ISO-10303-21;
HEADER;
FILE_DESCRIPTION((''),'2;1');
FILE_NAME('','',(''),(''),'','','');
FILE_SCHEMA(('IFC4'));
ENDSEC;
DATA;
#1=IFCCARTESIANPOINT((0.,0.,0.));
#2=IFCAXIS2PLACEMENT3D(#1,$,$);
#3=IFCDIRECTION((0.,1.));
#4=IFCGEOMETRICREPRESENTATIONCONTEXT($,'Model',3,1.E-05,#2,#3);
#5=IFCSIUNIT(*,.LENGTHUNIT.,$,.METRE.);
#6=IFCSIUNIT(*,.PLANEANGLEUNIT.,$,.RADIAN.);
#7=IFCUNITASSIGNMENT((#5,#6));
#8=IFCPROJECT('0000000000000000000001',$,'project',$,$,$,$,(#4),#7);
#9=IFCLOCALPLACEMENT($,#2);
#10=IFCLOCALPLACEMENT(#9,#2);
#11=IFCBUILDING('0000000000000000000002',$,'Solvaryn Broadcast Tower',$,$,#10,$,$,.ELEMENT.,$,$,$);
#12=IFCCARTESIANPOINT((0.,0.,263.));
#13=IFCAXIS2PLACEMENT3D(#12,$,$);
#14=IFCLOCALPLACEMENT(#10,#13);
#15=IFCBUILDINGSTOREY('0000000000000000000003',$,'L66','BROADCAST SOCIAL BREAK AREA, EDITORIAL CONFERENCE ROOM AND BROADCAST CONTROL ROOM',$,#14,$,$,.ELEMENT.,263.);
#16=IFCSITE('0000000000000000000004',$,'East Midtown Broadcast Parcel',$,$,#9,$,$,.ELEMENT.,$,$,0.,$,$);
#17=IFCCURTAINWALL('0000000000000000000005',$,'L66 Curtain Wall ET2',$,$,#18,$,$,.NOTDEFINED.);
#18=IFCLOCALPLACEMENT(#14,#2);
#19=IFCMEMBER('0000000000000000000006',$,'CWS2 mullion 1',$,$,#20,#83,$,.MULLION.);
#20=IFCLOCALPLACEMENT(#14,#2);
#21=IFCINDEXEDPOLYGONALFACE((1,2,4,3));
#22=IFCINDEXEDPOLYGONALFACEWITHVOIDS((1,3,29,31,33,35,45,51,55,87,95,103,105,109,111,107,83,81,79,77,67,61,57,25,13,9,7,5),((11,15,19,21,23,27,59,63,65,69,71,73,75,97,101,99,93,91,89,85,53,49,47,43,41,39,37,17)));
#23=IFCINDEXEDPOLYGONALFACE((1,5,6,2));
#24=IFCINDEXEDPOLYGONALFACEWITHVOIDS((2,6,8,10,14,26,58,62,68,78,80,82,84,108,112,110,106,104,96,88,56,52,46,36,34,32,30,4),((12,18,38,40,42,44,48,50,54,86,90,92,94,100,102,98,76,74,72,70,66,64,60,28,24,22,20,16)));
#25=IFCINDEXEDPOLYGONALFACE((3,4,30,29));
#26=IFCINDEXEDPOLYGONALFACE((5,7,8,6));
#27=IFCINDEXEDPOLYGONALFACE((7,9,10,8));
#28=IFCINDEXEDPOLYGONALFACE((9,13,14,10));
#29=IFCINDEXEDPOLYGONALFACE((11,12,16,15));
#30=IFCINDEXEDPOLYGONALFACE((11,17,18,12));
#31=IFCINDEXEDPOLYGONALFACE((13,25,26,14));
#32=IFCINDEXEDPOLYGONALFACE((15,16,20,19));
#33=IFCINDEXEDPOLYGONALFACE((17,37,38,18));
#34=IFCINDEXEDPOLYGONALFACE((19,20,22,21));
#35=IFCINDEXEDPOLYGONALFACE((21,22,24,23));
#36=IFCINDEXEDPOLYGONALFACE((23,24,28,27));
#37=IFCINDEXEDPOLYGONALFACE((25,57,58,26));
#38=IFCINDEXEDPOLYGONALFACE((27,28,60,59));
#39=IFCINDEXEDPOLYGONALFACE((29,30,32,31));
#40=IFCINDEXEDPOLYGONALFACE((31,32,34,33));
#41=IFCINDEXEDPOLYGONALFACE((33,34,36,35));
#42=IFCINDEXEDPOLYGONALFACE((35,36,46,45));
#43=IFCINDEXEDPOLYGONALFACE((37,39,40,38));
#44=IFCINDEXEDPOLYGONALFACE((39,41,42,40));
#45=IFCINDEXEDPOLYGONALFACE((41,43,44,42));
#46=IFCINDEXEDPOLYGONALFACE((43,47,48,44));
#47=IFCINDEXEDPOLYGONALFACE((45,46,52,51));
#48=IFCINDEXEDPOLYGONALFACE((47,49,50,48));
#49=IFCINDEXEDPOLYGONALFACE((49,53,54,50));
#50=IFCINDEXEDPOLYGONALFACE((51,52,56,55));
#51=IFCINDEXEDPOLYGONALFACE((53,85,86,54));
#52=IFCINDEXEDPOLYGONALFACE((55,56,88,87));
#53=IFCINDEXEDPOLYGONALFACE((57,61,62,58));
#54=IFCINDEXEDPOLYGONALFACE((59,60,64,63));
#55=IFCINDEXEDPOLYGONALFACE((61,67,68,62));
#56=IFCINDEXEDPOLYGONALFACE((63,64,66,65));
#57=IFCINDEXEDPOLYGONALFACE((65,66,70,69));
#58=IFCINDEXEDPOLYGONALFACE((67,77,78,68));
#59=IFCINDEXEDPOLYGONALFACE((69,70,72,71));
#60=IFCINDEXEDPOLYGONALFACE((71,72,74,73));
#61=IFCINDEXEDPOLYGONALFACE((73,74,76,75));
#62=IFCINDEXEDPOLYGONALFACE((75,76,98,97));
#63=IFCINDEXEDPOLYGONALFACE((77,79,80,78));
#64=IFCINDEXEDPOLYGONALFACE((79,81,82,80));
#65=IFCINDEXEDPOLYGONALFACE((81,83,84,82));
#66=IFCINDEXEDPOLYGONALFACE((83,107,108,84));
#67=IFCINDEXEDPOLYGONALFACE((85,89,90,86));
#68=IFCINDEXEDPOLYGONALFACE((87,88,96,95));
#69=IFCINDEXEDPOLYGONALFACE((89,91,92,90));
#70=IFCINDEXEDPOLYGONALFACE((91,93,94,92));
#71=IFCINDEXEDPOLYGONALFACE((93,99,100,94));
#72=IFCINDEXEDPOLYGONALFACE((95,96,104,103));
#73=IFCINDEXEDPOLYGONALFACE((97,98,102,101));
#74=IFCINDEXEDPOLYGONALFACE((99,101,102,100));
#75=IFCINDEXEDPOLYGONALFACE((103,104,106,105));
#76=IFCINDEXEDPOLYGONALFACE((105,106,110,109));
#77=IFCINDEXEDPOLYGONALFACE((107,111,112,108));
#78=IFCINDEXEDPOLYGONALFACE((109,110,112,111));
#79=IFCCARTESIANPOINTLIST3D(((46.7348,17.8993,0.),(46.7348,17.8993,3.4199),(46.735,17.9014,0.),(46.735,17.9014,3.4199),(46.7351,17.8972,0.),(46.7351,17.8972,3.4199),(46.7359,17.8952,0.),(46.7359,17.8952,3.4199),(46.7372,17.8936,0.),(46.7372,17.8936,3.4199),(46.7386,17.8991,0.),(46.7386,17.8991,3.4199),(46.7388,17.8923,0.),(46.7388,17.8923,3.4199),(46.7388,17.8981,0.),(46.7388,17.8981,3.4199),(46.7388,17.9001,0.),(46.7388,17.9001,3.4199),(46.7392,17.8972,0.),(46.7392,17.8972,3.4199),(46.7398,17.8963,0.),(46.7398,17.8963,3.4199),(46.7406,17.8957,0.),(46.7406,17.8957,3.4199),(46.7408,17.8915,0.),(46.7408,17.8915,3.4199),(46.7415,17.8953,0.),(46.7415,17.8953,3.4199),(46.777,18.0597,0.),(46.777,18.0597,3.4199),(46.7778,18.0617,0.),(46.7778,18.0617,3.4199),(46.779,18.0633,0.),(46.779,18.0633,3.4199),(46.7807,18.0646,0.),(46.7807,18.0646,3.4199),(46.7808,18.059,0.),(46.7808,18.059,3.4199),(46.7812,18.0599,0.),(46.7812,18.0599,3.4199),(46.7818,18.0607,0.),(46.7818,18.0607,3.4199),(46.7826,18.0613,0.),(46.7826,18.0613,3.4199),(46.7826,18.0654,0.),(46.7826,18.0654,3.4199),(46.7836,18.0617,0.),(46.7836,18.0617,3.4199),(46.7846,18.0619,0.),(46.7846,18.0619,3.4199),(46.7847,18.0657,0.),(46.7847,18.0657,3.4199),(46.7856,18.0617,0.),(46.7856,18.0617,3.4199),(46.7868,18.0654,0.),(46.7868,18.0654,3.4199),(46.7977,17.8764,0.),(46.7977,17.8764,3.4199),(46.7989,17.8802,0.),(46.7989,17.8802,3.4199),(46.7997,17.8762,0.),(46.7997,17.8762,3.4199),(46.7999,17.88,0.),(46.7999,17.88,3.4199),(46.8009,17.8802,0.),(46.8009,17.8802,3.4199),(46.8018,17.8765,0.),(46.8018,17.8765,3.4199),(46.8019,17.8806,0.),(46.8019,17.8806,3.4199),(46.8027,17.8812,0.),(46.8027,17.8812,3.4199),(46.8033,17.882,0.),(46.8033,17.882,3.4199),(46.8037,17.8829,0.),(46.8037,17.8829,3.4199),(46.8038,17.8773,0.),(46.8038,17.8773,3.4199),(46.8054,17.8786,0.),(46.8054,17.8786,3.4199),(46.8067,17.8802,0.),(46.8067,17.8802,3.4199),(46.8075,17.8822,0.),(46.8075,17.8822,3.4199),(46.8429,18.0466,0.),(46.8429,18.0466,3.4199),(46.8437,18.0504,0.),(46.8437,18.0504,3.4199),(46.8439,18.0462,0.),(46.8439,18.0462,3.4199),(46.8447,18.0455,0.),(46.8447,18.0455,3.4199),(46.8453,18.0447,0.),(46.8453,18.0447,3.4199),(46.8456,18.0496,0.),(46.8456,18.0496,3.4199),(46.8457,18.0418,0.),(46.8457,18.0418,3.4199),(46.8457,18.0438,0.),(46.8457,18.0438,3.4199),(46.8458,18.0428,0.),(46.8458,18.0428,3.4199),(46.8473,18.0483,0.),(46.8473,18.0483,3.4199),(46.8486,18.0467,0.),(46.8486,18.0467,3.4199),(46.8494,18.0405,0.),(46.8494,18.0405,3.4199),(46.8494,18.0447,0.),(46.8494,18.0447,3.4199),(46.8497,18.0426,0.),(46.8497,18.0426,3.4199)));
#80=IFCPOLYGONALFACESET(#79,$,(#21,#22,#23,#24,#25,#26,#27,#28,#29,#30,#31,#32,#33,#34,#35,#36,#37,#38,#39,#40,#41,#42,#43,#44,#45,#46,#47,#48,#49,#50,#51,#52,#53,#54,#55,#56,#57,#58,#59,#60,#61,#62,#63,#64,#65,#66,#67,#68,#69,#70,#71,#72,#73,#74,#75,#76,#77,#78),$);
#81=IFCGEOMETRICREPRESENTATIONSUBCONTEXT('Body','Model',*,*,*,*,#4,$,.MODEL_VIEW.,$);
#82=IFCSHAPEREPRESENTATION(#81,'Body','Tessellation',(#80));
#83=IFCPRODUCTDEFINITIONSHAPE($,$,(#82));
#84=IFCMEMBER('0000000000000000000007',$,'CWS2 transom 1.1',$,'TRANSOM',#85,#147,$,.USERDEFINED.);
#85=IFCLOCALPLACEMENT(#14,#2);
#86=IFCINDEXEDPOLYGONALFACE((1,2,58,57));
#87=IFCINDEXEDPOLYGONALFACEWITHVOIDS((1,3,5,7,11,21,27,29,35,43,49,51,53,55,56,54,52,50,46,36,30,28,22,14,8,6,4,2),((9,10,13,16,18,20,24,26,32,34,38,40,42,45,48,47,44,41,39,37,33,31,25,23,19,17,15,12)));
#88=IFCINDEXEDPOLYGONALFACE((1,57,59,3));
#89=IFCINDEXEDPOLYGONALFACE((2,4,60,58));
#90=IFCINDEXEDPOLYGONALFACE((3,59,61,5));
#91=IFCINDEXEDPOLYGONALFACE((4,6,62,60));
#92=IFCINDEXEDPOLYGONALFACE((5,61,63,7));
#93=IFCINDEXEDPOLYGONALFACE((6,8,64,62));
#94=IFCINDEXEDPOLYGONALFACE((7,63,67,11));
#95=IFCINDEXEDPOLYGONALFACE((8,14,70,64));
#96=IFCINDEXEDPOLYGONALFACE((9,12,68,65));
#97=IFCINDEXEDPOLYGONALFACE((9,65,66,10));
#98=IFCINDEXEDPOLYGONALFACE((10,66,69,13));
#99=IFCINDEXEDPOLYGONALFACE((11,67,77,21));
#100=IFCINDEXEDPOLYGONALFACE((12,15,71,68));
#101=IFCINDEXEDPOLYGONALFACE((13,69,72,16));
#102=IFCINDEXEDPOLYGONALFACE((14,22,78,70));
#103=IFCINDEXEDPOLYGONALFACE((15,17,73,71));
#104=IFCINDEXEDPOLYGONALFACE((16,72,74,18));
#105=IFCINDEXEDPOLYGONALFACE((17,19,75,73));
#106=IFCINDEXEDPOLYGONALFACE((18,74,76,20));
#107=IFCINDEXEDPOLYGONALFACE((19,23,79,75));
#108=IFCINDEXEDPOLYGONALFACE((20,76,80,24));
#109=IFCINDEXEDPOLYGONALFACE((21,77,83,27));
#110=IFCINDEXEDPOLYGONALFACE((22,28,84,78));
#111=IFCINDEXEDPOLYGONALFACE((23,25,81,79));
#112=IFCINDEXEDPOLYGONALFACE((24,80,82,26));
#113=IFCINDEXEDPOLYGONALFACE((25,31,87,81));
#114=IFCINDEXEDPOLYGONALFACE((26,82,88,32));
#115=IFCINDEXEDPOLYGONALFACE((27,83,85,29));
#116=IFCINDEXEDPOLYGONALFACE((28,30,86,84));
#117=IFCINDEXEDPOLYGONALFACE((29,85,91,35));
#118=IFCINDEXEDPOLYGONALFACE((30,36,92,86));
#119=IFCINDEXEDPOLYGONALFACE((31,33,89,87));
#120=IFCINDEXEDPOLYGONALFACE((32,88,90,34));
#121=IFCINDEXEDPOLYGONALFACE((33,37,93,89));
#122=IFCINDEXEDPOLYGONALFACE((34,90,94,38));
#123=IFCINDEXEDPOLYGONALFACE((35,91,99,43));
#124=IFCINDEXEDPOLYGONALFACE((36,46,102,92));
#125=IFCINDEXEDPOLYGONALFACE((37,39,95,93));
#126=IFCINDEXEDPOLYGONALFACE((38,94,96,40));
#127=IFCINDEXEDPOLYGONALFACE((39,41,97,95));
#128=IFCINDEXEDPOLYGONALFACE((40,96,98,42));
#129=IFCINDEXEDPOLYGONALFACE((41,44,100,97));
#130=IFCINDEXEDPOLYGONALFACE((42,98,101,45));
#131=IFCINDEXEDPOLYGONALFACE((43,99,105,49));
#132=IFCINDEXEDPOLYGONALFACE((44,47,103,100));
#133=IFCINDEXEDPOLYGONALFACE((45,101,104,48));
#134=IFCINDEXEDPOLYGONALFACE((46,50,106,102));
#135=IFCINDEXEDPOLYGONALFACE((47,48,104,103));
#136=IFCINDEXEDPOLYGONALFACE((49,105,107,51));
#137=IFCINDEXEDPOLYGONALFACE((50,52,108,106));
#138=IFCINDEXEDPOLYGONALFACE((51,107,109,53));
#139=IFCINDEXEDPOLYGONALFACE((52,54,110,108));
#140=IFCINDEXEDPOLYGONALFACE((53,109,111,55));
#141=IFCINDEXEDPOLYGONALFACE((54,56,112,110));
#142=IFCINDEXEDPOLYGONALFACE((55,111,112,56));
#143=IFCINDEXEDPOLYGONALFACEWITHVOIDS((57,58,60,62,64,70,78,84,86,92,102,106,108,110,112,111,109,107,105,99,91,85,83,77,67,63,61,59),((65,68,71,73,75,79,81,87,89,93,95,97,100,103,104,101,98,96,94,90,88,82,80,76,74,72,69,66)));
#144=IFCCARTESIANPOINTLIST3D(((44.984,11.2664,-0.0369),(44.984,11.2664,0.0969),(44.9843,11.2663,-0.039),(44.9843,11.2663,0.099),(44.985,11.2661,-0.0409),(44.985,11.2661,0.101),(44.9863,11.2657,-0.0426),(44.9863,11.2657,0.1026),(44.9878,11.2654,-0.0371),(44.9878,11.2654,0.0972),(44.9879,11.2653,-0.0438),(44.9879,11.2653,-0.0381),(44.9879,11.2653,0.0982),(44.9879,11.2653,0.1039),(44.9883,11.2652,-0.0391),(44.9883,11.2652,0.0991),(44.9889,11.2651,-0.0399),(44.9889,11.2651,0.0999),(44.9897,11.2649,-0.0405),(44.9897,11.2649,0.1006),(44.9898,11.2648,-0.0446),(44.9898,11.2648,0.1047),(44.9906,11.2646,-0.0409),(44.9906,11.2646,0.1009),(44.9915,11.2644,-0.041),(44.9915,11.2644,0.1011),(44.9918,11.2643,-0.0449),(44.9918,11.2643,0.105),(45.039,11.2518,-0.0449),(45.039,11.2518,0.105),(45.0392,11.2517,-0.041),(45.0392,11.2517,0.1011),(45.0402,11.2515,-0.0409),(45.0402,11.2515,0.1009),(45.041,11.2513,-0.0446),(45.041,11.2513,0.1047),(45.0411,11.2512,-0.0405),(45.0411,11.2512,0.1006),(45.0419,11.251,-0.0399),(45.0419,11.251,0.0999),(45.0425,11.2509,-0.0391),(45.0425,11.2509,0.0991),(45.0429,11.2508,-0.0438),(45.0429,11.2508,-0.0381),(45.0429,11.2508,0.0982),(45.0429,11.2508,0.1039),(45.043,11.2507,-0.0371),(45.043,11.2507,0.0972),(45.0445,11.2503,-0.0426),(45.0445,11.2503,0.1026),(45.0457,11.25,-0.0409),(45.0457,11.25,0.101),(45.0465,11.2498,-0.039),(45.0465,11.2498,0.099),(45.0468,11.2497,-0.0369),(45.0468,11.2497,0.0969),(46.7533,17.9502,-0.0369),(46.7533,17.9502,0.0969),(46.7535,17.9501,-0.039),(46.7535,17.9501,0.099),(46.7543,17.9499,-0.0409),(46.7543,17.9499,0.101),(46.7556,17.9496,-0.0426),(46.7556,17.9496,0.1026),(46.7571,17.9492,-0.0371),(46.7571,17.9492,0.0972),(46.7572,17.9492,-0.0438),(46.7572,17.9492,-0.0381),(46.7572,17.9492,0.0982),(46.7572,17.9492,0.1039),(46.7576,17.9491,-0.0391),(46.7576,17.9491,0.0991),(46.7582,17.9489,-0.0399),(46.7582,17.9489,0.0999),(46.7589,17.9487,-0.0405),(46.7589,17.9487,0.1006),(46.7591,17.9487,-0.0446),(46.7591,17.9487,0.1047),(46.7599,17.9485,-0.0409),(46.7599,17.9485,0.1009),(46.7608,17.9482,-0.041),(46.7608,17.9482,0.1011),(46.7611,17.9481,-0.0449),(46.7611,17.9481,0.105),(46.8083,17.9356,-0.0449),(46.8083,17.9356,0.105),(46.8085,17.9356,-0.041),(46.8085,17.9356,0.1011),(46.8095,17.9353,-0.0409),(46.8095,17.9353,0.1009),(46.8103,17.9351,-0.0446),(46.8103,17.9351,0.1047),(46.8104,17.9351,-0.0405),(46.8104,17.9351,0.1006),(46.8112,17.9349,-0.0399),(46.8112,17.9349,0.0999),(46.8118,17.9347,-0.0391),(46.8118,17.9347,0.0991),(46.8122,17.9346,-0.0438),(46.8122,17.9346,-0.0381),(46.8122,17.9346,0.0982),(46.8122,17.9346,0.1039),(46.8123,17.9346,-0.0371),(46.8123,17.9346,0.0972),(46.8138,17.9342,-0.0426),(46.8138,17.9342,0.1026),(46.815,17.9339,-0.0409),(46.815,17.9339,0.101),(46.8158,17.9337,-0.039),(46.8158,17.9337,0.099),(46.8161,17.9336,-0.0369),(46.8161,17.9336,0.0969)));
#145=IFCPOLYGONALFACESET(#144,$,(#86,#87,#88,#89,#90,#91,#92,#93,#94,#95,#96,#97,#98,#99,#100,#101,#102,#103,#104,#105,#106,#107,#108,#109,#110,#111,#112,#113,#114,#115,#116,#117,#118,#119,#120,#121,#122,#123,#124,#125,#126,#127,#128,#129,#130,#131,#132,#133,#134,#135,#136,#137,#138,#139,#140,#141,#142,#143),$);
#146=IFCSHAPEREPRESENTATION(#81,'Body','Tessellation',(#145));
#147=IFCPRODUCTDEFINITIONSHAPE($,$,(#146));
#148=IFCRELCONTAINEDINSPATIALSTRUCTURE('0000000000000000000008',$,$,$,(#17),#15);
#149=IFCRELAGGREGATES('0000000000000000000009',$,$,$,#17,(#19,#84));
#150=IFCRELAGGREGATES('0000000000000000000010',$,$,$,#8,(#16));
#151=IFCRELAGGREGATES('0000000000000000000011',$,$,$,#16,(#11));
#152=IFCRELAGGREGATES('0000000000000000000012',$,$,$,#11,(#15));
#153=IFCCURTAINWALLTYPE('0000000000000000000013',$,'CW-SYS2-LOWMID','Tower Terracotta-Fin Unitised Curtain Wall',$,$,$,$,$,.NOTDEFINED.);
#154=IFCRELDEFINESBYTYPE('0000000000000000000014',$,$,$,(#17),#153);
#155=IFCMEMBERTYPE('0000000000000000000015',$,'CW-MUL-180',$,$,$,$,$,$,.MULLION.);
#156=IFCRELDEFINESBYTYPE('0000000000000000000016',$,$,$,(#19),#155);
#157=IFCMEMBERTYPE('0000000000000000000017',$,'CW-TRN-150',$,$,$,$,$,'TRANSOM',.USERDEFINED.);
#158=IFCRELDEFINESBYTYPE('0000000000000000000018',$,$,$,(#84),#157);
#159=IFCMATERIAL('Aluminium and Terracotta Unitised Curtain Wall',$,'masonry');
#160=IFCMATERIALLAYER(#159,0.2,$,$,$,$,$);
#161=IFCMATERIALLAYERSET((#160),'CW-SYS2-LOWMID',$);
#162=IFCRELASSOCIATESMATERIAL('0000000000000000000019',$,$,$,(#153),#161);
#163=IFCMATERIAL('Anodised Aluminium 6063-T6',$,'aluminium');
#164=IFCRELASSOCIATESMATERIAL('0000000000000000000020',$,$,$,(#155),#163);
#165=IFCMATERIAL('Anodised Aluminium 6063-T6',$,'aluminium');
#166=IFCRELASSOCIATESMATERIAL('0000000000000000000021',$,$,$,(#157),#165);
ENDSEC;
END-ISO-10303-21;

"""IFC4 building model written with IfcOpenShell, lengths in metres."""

from ifc_helpers import new_model, si_unit, direction, frame, origin, origin_2d, place, context, subcontext, project, spatial, hollow_rectangle, extrude, material, layer, layer_set, material_profile, profile_set, type_object, element, aggregate, save


model = new_model("IFC4")

# Units and contexts
model_context = context("Model", 3, precision=1e-05, world=origin(), true_north=direction((0.0, 1.0)))
body_context = subcontext(model_context, "Body", "Model", "MODEL_VIEW")
ifc_project = project(units=[si_unit("LENGTHUNIT", "METRE"), si_unit("PLANEANGLEUNIT", "RADIAN")], contexts=[model_context])

# Site, building, storey
site_placement = place(None, origin())
site = spatial("IfcSite", under=ifc_project, at=site_placement, Name="East Midtown Broadcast Parcel", CompositionType="ELEMENT", RefElevation=0.0)
building_placement = place(site_placement, origin())
building = spatial("IfcBuilding", under=site, at=building_placement, Name="Solvaryn Broadcast Tower", CompositionType="ELEMENT")
storey_placement = place(building_placement, frame((0.0, 0.0, 263.0)))
storey = spatial("IfcBuildingStorey", under=building, at=storey_placement, Name="L66", Description="BROADCAST SOCIAL BREAK AREA, EDITORIAL CONFERENCE ROOM AND BROADCAST CONTROL ROOM", CompositionType="ELEMENT", Elevation=263.0)

# Shared definitions
ifc_material_1 = material(Name="Aluminium and Terracotta Unitised Curtain Wall", Category="masonry")
ifc_layer_1 = layer(ifc_material_1, 0.2)
ifc_layer_set_1 = layer_set([ifc_layer_1], Name="CW-SYS2-LOWMID")
curtain_wall_type = type_object("IfcCurtainWallType", Name="CW-SYS2-LOWMID", Description="Tower Terracotta-Fin Unitised Curtain Wall", PredefinedType="NOTDEFINED", material=ifc_layer_set_1)
ifc_material_2 = material(Name="Anodised Aluminium 6063-T6", Category="aluminium")
ifc_material_profile_1 = material_profile(ifc_material_2, hollow_rectangle(XDim=0.075, YDim=0.1799, WallThickness=0.0039, InnerFilletRadius=0.0039, OuterFilletRadius=0.0081, at=origin_2d()))
ifc_profile_set_1 = profile_set([ifc_material_profile_1], Name="Anodised Aluminium 6063-T6")
member_type_1 = type_object("IfcMemberType", Name="CW-MUL-180", PredefinedType="MULLION", material=ifc_profile_set_1)

# Curtain wall, members
curtain_wall_1_placement = place(storey_placement, origin())
curtain_wall_1 = element("IfcCurtainWall", 1, at=curtain_wall_1_placement, inside=storey, type_object=curtain_wall_type, Name="L66 Curtain Wall ET2", PredefinedType="NOTDEFINED")
member_1_placement = place(storey_placement, frame((46.7922, 17.9709, 0.0), z_axis=(0.0, 0.0, 1.0), x_axis=(0.966705, -0.255893, 0.0)))
member_1 = element("IfcMember", 2, at=member_1_placement, type_object=member_type_1, Name="CWS2 mullion 1", PredefinedType="MULLION", context=body_context, shape_type="SweptSolid", body=[
    extrude(hollow_rectangle(XDim=0.075, YDim=0.1799, WallThickness=0.0039, InnerFilletRadius=0.0039, OuterFilletRadius=0.0081, at=origin_2d()), origin(), (0.0, 0.0, 1.0), 3.4199),
])
ifc_material_3 = material(Name="Anodised Aluminium 6063-T6", Category="aluminium")
ifc_material_profile_2 = material_profile(ifc_material_3, hollow_rectangle(XDim=0.0649, YDim=0.1499, WallThickness=0.0039, InnerFilletRadius=0.0039, OuterFilletRadius=0.0081, at=origin_2d()))
ifc_profile_set_2 = profile_set([ifc_material_profile_2], Name="Anodised Aluminium 6063-T6")
member_type_2 = type_object("IfcMemberType", Name="CW-TRN-150", ElementType="TRANSOM", PredefinedType="USERDEFINED", material=ifc_profile_set_2)
member_2_placement = place(storey_placement, frame((46.7847, 17.9419, 0.03), z_axis=(-0.255897, -0.966704, 0.0), x_axis=(0.966704, -0.255897, 0.0)))
member_2 = element("IfcMember", 3, at=member_2_placement, type_object=member_type_2, Name="CWS2 transom 1.1", ObjectType="TRANSOM", PredefinedType="USERDEFINED", context=body_context, shape_type="SweptSolid", body=[
    extrude(hollow_rectangle(XDim=0.0649, YDim=0.1499, WallThickness=0.0039, InnerFilletRadius=0.0039, OuterFilletRadius=0.0081, at=origin_2d()), origin(), (0.0, 0.0, 1.0), 6.9141),
])

aggregate(curtain_wall_1, [member_1, member_2])

save(model, "model.ifc")
